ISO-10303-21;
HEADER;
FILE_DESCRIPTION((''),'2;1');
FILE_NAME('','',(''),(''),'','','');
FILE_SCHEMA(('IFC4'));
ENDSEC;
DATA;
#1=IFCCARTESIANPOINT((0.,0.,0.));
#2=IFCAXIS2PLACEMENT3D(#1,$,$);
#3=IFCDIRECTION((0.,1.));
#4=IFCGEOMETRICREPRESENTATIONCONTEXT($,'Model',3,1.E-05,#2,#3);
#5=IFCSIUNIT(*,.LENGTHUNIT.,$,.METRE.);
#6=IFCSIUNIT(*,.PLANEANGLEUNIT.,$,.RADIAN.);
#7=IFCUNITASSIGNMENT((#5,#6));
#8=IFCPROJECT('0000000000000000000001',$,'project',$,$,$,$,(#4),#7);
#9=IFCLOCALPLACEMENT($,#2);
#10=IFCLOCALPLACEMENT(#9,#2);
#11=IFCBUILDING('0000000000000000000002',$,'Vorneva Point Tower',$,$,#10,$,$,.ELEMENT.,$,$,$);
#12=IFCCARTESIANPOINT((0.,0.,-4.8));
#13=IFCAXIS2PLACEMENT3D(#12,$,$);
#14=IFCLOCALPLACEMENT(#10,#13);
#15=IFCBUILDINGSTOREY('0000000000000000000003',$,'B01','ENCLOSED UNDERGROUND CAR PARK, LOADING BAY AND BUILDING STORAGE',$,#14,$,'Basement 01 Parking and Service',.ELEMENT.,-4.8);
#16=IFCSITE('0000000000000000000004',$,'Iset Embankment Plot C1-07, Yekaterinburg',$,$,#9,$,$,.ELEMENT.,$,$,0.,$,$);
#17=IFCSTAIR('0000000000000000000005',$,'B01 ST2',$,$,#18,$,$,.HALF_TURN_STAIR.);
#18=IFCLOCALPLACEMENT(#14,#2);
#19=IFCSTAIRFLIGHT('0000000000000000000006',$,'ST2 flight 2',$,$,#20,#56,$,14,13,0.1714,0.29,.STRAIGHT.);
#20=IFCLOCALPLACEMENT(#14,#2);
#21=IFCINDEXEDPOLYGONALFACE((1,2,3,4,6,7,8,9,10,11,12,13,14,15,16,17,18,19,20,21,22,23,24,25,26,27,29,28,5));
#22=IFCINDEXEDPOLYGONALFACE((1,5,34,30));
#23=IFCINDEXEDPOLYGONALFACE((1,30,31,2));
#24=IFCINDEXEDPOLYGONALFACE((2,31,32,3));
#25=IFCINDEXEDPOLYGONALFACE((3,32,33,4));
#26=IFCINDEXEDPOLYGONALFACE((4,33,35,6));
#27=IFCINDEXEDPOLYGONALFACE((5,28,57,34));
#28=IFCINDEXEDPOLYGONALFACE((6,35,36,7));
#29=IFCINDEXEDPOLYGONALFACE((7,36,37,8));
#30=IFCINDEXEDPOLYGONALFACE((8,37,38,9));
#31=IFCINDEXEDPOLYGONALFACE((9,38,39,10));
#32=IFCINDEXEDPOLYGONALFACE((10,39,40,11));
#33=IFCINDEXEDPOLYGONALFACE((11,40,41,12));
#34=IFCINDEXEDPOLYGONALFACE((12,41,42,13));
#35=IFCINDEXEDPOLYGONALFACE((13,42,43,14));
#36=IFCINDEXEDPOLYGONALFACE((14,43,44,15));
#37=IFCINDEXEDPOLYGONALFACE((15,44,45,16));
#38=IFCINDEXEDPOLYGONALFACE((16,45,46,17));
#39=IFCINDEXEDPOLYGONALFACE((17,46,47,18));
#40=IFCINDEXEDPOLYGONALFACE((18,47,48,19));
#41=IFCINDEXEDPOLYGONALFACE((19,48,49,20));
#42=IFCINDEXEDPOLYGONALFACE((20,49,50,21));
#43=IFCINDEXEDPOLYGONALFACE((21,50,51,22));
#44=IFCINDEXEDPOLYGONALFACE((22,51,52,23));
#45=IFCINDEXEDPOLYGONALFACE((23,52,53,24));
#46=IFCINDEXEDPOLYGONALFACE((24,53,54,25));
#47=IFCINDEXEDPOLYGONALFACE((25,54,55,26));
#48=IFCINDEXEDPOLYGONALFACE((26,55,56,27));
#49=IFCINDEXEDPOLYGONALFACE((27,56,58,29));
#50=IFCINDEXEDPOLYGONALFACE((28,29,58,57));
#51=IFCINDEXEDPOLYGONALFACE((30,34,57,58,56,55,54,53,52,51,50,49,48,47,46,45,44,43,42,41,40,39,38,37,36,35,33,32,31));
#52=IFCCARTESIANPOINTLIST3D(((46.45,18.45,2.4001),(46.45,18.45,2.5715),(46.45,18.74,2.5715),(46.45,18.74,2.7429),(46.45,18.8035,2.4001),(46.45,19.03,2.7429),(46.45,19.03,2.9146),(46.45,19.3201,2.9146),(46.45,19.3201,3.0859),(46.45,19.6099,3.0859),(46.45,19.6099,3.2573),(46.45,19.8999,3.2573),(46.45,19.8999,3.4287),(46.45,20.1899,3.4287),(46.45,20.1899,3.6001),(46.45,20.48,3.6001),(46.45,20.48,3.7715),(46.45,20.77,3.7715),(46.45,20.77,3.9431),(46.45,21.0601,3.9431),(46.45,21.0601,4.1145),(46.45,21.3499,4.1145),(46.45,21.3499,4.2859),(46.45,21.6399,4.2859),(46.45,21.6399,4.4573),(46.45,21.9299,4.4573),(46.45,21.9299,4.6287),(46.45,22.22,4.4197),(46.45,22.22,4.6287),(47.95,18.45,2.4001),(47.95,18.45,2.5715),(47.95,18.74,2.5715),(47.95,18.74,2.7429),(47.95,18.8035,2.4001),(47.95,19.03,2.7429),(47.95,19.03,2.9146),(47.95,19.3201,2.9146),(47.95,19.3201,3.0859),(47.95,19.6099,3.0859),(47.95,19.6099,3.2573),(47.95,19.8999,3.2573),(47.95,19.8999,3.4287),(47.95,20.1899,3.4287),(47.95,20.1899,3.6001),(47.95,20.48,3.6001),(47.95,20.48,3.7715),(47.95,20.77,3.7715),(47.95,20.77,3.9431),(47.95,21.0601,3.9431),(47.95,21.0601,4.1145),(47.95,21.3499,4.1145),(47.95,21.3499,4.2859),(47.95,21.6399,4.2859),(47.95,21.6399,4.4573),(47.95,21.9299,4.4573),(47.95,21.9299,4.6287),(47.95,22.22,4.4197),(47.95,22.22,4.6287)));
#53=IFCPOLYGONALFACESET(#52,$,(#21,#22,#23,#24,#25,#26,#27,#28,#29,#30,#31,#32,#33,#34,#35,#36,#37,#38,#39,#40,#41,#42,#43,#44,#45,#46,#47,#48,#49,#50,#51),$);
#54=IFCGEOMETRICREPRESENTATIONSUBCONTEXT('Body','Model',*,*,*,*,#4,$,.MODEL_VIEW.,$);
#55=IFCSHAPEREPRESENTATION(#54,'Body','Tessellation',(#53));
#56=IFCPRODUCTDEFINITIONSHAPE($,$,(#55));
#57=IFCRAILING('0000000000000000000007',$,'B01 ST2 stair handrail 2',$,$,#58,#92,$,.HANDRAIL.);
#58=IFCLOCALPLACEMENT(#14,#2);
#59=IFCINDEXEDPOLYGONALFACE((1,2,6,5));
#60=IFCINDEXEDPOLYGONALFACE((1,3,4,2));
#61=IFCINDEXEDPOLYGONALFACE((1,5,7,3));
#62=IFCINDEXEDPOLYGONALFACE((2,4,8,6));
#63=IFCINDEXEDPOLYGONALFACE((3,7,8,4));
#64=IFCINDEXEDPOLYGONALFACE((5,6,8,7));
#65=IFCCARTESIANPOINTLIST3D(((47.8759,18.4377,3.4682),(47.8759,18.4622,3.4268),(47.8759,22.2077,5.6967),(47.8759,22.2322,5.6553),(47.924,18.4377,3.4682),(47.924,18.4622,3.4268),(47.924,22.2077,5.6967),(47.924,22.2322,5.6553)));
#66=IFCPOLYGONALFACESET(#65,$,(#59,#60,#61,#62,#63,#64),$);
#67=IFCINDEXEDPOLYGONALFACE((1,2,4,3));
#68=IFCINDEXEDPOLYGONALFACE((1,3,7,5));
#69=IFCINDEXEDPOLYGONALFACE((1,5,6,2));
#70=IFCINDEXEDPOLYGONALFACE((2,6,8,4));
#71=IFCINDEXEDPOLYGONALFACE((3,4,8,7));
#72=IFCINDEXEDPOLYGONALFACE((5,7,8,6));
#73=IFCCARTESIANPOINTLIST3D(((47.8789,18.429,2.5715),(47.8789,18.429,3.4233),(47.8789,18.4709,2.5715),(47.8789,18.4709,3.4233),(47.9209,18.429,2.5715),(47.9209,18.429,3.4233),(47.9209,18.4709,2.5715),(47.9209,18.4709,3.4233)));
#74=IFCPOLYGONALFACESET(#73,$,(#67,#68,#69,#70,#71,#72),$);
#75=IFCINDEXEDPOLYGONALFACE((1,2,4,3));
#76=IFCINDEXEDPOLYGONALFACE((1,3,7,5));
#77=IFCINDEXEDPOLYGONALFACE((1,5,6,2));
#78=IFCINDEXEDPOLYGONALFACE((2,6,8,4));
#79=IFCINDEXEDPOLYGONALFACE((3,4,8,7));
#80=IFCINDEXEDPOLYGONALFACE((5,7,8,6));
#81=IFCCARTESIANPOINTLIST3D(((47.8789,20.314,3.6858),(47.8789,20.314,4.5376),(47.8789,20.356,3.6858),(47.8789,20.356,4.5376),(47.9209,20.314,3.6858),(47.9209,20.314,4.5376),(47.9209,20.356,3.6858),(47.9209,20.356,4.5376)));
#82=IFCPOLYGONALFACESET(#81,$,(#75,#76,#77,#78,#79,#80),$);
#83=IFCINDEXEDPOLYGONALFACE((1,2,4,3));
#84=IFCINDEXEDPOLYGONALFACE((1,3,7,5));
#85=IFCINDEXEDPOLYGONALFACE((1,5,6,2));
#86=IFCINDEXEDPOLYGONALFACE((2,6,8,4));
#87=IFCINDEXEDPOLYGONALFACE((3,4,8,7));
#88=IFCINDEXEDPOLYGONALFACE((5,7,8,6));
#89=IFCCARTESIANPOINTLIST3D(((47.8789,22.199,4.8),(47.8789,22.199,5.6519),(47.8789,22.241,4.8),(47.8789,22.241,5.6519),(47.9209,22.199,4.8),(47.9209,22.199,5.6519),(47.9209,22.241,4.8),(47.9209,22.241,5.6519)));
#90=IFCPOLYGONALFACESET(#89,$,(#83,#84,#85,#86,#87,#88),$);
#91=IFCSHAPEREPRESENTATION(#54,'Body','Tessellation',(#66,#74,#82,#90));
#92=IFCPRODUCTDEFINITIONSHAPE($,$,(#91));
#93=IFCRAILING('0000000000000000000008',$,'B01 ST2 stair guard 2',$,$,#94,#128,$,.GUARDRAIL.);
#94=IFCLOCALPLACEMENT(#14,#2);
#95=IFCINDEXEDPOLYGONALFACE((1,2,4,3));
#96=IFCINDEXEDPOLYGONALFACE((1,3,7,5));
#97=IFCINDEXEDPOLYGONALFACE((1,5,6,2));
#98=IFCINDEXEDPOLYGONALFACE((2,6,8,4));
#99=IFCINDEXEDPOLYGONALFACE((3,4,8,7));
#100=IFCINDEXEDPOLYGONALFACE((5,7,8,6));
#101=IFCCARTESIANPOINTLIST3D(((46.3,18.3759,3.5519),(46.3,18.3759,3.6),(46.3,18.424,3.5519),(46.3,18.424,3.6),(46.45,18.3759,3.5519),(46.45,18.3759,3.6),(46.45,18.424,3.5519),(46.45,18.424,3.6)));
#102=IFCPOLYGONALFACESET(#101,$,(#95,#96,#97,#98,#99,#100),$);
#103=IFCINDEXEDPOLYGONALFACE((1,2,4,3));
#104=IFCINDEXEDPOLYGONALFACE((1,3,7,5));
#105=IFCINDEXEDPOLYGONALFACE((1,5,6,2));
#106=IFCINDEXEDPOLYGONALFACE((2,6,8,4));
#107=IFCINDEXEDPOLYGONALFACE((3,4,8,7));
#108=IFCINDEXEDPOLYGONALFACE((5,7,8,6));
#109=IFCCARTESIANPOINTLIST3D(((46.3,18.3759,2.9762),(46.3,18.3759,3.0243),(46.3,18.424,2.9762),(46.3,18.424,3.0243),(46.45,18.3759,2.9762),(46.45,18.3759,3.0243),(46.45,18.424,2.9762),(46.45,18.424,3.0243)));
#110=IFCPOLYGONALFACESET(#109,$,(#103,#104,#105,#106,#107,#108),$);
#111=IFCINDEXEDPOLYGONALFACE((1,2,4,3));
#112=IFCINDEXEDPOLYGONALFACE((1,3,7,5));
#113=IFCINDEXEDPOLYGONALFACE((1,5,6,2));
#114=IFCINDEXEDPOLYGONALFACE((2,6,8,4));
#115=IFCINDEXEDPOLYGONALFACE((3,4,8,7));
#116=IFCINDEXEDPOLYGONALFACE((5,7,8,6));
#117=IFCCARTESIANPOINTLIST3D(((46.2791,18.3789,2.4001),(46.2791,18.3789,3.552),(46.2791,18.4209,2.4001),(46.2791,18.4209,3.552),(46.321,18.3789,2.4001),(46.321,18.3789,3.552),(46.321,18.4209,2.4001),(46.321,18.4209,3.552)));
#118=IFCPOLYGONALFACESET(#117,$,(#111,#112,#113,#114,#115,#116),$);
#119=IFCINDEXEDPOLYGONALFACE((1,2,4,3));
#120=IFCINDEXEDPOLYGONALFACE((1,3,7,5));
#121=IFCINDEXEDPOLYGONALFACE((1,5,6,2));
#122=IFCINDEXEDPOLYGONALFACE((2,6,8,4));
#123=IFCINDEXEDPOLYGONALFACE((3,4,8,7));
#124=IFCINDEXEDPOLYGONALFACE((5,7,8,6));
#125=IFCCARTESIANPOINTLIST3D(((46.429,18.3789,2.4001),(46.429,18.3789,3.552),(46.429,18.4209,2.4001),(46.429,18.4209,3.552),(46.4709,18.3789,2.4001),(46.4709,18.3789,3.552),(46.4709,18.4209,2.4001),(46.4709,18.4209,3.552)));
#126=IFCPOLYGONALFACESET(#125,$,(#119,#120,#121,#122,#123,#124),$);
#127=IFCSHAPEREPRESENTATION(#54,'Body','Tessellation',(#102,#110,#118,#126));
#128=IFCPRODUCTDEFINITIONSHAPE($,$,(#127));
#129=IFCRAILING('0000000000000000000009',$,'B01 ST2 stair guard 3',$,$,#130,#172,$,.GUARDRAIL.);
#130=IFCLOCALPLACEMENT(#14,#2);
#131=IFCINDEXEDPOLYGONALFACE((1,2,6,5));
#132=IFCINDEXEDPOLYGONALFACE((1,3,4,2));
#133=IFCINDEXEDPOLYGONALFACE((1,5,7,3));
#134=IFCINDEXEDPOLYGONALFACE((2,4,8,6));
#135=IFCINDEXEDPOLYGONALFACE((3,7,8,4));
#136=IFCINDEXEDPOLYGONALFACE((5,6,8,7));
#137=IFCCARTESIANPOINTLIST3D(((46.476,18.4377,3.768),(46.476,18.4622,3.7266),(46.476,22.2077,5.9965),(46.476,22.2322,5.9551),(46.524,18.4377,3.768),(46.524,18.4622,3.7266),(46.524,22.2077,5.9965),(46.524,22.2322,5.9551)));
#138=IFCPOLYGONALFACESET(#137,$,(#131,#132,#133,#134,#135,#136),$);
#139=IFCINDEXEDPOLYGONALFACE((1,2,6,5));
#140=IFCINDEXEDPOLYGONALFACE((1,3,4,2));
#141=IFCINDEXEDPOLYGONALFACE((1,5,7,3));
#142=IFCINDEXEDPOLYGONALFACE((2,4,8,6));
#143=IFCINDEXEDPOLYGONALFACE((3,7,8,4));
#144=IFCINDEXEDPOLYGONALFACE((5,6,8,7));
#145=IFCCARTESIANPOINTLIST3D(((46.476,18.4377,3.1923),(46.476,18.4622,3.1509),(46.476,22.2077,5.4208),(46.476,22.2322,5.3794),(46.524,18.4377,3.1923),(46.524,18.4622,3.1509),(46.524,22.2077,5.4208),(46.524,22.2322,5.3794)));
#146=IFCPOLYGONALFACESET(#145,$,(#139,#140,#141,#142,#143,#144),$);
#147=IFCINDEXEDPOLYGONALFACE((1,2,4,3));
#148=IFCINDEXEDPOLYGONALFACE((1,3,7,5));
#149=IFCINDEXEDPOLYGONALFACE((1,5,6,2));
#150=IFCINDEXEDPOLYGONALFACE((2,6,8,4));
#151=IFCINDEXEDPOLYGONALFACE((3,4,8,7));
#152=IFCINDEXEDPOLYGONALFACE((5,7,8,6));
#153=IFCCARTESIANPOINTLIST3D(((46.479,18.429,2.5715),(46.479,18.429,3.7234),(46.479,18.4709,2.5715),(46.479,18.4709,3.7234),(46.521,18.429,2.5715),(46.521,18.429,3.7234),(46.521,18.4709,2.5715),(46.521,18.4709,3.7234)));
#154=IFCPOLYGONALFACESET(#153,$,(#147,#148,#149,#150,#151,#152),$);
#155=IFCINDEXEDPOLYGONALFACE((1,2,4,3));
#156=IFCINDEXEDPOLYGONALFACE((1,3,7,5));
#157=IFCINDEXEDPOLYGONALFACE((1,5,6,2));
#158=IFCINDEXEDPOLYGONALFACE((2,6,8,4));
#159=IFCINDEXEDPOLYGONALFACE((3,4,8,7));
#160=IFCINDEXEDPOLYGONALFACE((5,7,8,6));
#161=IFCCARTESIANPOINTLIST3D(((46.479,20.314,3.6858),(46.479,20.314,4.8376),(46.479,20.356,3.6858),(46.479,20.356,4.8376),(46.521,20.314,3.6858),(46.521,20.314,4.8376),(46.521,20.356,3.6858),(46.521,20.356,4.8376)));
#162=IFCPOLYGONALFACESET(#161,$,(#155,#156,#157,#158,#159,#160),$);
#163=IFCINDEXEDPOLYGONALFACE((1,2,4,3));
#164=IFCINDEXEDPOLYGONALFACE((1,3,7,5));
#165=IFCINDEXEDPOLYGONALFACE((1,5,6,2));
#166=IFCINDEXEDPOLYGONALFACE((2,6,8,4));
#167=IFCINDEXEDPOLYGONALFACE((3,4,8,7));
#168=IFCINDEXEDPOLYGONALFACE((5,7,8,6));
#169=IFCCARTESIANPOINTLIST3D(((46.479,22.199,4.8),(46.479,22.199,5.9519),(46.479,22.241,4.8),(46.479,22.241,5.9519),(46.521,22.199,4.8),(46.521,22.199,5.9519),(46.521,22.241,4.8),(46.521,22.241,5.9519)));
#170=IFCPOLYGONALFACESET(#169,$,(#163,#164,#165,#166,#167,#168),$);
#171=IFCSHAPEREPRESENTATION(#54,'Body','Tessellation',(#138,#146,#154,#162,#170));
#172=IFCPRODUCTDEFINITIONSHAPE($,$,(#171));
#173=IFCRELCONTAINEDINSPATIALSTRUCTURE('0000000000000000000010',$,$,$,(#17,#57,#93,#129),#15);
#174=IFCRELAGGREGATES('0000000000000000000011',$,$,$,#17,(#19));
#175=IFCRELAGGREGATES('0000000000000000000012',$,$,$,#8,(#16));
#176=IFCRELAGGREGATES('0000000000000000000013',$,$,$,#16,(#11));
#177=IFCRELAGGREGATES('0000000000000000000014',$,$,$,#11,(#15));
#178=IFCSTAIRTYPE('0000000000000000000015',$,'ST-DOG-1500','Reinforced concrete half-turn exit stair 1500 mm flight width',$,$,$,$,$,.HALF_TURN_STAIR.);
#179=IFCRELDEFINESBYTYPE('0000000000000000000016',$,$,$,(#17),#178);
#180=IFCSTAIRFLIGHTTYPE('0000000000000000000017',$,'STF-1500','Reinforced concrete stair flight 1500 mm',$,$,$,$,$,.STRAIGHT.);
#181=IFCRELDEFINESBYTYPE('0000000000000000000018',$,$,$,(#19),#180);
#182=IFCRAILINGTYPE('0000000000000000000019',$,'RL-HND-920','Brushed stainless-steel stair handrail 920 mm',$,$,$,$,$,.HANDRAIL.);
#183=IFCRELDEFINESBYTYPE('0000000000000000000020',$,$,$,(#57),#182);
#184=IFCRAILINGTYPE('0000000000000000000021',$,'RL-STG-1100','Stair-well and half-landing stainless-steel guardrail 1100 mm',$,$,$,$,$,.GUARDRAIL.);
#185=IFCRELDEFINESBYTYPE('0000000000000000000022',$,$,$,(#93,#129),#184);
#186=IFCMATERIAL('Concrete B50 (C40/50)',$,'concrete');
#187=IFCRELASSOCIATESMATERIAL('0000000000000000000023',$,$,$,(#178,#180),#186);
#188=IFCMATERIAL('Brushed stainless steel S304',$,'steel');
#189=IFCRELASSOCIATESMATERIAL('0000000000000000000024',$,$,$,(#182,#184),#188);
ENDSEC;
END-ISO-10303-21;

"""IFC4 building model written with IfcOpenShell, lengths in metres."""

from ifc_helpers import new_model, si_unit, direction, frame, origin, origin_2d, place, context, subcontext, project, spatial, polyline, rectangle, outline, extrude, material, type_object, element, aggregate, save


model = new_model("IFC4")

# Units and contexts
model_context = context("Model", 3, precision=1e-05, world=origin(), true_north=direction((0.0, 1.0)))
body_context = subcontext(model_context, "Body", "Model", "MODEL_VIEW")
ifc_project = project(units=[si_unit("LENGTHUNIT", "METRE"), si_unit("PLANEANGLEUNIT", "RADIAN")], contexts=[model_context])

# Site, building, storey
site_placement = place(None, origin())
site = spatial("IfcSite", under=ifc_project, at=site_placement, Name="Iset Embankment Plot C1-07, Yekaterinburg", CompositionType="ELEMENT", RefElevation=0.0)
building_placement = place(site_placement, origin())
building = spatial("IfcBuilding", under=site, at=building_placement, Name="Vorneva Point Tower", CompositionType="ELEMENT")
storey_placement = place(building_placement, frame((0.0, 0.0, -4.8)))
storey = spatial("IfcBuildingStorey", under=building, at=storey_placement, Name="B01", Description="ENCLOSED UNDERGROUND CAR PARK, LOADING BAY AND BUILDING STORAGE", LongName="Basement 01 Parking and Service", CompositionType="ELEMENT", Elevation=-4.8)

# Shared definitions
ifc_material_1 = material(Name="Concrete B50 (C40/50)", Category="concrete")

# Stair, stair flight
stair_type = type_object("IfcStairType", Name="ST-DOG-1500", Description="Reinforced concrete half-turn exit stair 1500 mm flight width", PredefinedType="HALF_TURN_STAIR", material=ifc_material_1)
stair_placement = place(storey_placement, origin())
stair = element("IfcStair", 1, at=stair_placement, inside=storey, type_object=stair_type, Name="B01 ST2", PredefinedType="HALF_TURN_STAIR")
stair_flight_type = type_object("IfcStairFlightType", Name="STF-1500", Description="Reinforced concrete stair flight 1500 mm", PredefinedType="STRAIGHT", material=ifc_material_1)
stair_flight_placement = place(storey_placement, frame((47.2, 18.45, 2.4001), z_axis=(0.0, 0.0, 1.0), x_axis=(0.0, 1.0, 0.0)))
stair_flight = element("IfcStairFlight", 2, at=stair_flight_placement, type_object=stair_flight_type, Name="ST2 flight 2", NumberOfRisers=14, NumberOfTreads=13, PredefinedType="STRAIGHT", RiserHeight=0.1714, TreadLength=0.29, context=body_context, shape_type="SweptSolid", body=[
    extrude(outline(polyline([(0.0, 0.0), (0.0, 0.1714), (0.29, 0.1714), (0.29, 0.3428), (0.5801, 0.3428), (0.5801, 0.5144), (0.8701, 0.5144), (0.8701, 0.6858), (1.1599, 0.6858), (1.1599, 0.8572), (1.45, 0.8572), (1.45, 1.0286), (1.74, 1.0286), (1.74, 1.2), (2.03, 1.2), (2.03, 1.3713), (2.3201, 1.3713), (2.3201, 1.543), (2.6101, 1.543), (2.6101, 1.7144), (2.8999, 1.7144), (2.8999, 1.8857), (3.1899, 1.8857), (3.1899, 2.0571), (3.48, 2.0571), (3.48, 2.2285), (3.77, 2.2285), (3.77, 2.3999), (3.77, 2.0195), (0.3535, 0.0), (0.0, 0.0)])), frame((0.0, 0.75, 0.0), z_axis=(0.0, -1.0, 0.0), x_axis=(1.0, 0.0, 0.0)), (0.0, 0.0, 1.0), 1.5),
])
aggregate(stair, [stair_flight])

# Railings
ifc_material_2 = material(Name="Brushed stainless steel S304", Category="steel")
railing_type_1 = type_object("IfcRailingType", Name="RL-HND-920", Description="Brushed stainless-steel stair handrail 920 mm", PredefinedType="HANDRAIL", material=ifc_material_2)
railing_1_placement = place(storey_placement, frame((47.8999, 18.45, 2.5715)))
element("IfcRailing", 3, at=railing_1_placement, inside=storey, type_object=railing_type_1, Name="B01 ST2 stair handrail 2", PredefinedType="HANDRAIL", context=body_context, shape_type="SweptSolid", body=[
    extrude(rectangle(XDim=0.0481, YDim=0.0481, at=origin_2d()), frame((0.0, 0.0, 0.876), z_axis=(0.0, 0.860849, 0.508861), x_axis=(-1.0, 0.0, 0.0)), (0.0, 0.0, 1.0), 4.3794),
    extrude(rectangle(XDim=0.042, YDim=0.042, at=origin_2d()), origin(), (0.0, 0.0, 1.0), 0.8518),
    extrude(rectangle(XDim=0.042, YDim=0.042, at=origin_2d()), frame((0.0, 1.885, 1.1143)), (0.0, 0.0, 1.0), 0.8518),
    extrude(rectangle(XDim=0.042, YDim=0.042, at=origin_2d()), frame((0.0, 3.77, 2.2285)), (0.0, 0.0, 1.0), 0.8518),
])
railing_type_2 = type_object("IfcRailingType", Name="RL-STG-1100", Description="Stair-well and half-landing stainless-steel guardrail 1100 mm", PredefinedType="GUARDRAIL", material=ifc_material_2)
railing_2_placement = place(storey_placement, frame((46.3, 18.3999, 2.4001)))
element("IfcRailing", 4, at=railing_2_placement, inside=storey, type_object=railing_type_2, Name="B01 ST2 stair guard 2", PredefinedType="GUARDRAIL", context=body_context, shape_type="SweptSolid", body=[
    extrude(rectangle(XDim=0.0481, YDim=0.0481, at=origin_2d()), frame((0.0, 0.0, 1.1758), z_axis=(1.0, 0.0, 0.0), x_axis=(0.0, 1.0, 0.0)), (0.0, 0.0, 1.0), 0.1499),
    extrude(rectangle(XDim=0.0481, YDim=0.0481, at=origin_2d()), frame((0.0, 0.0, 0.6001), z_axis=(1.0, 0.0, 0.0), x_axis=(0.0, 1.0, 0.0)), (0.0, 0.0, 1.0), 0.1499),
    extrude(rectangle(XDim=0.042, YDim=0.042, at=origin_2d()), origin(), (0.0, 0.0, 1.0), 1.1519),
    extrude(rectangle(XDim=0.042, YDim=0.042, at=origin_2d()), frame((0.1499, 0.0, 0.0)), (0.0, 0.0, 1.0), 1.1519),
])
railing_3_placement = place(storey_placement, frame((46.5, 18.45, 2.5715)))
element("IfcRailing", 5, at=railing_3_placement, inside=storey, type_object=railing_type_2, Name="B01 ST2 stair guard 3", PredefinedType="GUARDRAIL", context=body_context, shape_type="SweptSolid", body=[
    extrude(rectangle(XDim=0.0481, YDim=0.0481, at=origin_2d()), frame((0.0, 0.0, 1.1758), z_axis=(0.0, 0.860849, 0.508861), x_axis=(-1.0, 0.0, 0.0)), (0.0, 0.0, 1.0), 4.3794),
    extrude(rectangle(XDim=0.0481, YDim=0.0481, at=origin_2d()), frame((0.0, 0.0, 0.6001), z_axis=(0.0, 0.860849, 0.508861), x_axis=(-1.0, 0.0, 0.0)), (0.0, 0.0, 1.0), 4.3794),
    extrude(rectangle(XDim=0.042, YDim=0.042, at=origin_2d()), origin(), (0.0, 0.0, 1.0), 1.1519),
    extrude(rectangle(XDim=0.042, YDim=0.042, at=origin_2d()), frame((0.0, 1.885, 1.1143)), (0.0, 0.0, 1.0), 1.1519),
    extrude(rectangle(XDim=0.042, YDim=0.042, at=origin_2d()), frame((0.0, 3.77, 2.2285)), (0.0, 0.0, 1.0), 1.1519),
])

save(model, "model.ifc")
